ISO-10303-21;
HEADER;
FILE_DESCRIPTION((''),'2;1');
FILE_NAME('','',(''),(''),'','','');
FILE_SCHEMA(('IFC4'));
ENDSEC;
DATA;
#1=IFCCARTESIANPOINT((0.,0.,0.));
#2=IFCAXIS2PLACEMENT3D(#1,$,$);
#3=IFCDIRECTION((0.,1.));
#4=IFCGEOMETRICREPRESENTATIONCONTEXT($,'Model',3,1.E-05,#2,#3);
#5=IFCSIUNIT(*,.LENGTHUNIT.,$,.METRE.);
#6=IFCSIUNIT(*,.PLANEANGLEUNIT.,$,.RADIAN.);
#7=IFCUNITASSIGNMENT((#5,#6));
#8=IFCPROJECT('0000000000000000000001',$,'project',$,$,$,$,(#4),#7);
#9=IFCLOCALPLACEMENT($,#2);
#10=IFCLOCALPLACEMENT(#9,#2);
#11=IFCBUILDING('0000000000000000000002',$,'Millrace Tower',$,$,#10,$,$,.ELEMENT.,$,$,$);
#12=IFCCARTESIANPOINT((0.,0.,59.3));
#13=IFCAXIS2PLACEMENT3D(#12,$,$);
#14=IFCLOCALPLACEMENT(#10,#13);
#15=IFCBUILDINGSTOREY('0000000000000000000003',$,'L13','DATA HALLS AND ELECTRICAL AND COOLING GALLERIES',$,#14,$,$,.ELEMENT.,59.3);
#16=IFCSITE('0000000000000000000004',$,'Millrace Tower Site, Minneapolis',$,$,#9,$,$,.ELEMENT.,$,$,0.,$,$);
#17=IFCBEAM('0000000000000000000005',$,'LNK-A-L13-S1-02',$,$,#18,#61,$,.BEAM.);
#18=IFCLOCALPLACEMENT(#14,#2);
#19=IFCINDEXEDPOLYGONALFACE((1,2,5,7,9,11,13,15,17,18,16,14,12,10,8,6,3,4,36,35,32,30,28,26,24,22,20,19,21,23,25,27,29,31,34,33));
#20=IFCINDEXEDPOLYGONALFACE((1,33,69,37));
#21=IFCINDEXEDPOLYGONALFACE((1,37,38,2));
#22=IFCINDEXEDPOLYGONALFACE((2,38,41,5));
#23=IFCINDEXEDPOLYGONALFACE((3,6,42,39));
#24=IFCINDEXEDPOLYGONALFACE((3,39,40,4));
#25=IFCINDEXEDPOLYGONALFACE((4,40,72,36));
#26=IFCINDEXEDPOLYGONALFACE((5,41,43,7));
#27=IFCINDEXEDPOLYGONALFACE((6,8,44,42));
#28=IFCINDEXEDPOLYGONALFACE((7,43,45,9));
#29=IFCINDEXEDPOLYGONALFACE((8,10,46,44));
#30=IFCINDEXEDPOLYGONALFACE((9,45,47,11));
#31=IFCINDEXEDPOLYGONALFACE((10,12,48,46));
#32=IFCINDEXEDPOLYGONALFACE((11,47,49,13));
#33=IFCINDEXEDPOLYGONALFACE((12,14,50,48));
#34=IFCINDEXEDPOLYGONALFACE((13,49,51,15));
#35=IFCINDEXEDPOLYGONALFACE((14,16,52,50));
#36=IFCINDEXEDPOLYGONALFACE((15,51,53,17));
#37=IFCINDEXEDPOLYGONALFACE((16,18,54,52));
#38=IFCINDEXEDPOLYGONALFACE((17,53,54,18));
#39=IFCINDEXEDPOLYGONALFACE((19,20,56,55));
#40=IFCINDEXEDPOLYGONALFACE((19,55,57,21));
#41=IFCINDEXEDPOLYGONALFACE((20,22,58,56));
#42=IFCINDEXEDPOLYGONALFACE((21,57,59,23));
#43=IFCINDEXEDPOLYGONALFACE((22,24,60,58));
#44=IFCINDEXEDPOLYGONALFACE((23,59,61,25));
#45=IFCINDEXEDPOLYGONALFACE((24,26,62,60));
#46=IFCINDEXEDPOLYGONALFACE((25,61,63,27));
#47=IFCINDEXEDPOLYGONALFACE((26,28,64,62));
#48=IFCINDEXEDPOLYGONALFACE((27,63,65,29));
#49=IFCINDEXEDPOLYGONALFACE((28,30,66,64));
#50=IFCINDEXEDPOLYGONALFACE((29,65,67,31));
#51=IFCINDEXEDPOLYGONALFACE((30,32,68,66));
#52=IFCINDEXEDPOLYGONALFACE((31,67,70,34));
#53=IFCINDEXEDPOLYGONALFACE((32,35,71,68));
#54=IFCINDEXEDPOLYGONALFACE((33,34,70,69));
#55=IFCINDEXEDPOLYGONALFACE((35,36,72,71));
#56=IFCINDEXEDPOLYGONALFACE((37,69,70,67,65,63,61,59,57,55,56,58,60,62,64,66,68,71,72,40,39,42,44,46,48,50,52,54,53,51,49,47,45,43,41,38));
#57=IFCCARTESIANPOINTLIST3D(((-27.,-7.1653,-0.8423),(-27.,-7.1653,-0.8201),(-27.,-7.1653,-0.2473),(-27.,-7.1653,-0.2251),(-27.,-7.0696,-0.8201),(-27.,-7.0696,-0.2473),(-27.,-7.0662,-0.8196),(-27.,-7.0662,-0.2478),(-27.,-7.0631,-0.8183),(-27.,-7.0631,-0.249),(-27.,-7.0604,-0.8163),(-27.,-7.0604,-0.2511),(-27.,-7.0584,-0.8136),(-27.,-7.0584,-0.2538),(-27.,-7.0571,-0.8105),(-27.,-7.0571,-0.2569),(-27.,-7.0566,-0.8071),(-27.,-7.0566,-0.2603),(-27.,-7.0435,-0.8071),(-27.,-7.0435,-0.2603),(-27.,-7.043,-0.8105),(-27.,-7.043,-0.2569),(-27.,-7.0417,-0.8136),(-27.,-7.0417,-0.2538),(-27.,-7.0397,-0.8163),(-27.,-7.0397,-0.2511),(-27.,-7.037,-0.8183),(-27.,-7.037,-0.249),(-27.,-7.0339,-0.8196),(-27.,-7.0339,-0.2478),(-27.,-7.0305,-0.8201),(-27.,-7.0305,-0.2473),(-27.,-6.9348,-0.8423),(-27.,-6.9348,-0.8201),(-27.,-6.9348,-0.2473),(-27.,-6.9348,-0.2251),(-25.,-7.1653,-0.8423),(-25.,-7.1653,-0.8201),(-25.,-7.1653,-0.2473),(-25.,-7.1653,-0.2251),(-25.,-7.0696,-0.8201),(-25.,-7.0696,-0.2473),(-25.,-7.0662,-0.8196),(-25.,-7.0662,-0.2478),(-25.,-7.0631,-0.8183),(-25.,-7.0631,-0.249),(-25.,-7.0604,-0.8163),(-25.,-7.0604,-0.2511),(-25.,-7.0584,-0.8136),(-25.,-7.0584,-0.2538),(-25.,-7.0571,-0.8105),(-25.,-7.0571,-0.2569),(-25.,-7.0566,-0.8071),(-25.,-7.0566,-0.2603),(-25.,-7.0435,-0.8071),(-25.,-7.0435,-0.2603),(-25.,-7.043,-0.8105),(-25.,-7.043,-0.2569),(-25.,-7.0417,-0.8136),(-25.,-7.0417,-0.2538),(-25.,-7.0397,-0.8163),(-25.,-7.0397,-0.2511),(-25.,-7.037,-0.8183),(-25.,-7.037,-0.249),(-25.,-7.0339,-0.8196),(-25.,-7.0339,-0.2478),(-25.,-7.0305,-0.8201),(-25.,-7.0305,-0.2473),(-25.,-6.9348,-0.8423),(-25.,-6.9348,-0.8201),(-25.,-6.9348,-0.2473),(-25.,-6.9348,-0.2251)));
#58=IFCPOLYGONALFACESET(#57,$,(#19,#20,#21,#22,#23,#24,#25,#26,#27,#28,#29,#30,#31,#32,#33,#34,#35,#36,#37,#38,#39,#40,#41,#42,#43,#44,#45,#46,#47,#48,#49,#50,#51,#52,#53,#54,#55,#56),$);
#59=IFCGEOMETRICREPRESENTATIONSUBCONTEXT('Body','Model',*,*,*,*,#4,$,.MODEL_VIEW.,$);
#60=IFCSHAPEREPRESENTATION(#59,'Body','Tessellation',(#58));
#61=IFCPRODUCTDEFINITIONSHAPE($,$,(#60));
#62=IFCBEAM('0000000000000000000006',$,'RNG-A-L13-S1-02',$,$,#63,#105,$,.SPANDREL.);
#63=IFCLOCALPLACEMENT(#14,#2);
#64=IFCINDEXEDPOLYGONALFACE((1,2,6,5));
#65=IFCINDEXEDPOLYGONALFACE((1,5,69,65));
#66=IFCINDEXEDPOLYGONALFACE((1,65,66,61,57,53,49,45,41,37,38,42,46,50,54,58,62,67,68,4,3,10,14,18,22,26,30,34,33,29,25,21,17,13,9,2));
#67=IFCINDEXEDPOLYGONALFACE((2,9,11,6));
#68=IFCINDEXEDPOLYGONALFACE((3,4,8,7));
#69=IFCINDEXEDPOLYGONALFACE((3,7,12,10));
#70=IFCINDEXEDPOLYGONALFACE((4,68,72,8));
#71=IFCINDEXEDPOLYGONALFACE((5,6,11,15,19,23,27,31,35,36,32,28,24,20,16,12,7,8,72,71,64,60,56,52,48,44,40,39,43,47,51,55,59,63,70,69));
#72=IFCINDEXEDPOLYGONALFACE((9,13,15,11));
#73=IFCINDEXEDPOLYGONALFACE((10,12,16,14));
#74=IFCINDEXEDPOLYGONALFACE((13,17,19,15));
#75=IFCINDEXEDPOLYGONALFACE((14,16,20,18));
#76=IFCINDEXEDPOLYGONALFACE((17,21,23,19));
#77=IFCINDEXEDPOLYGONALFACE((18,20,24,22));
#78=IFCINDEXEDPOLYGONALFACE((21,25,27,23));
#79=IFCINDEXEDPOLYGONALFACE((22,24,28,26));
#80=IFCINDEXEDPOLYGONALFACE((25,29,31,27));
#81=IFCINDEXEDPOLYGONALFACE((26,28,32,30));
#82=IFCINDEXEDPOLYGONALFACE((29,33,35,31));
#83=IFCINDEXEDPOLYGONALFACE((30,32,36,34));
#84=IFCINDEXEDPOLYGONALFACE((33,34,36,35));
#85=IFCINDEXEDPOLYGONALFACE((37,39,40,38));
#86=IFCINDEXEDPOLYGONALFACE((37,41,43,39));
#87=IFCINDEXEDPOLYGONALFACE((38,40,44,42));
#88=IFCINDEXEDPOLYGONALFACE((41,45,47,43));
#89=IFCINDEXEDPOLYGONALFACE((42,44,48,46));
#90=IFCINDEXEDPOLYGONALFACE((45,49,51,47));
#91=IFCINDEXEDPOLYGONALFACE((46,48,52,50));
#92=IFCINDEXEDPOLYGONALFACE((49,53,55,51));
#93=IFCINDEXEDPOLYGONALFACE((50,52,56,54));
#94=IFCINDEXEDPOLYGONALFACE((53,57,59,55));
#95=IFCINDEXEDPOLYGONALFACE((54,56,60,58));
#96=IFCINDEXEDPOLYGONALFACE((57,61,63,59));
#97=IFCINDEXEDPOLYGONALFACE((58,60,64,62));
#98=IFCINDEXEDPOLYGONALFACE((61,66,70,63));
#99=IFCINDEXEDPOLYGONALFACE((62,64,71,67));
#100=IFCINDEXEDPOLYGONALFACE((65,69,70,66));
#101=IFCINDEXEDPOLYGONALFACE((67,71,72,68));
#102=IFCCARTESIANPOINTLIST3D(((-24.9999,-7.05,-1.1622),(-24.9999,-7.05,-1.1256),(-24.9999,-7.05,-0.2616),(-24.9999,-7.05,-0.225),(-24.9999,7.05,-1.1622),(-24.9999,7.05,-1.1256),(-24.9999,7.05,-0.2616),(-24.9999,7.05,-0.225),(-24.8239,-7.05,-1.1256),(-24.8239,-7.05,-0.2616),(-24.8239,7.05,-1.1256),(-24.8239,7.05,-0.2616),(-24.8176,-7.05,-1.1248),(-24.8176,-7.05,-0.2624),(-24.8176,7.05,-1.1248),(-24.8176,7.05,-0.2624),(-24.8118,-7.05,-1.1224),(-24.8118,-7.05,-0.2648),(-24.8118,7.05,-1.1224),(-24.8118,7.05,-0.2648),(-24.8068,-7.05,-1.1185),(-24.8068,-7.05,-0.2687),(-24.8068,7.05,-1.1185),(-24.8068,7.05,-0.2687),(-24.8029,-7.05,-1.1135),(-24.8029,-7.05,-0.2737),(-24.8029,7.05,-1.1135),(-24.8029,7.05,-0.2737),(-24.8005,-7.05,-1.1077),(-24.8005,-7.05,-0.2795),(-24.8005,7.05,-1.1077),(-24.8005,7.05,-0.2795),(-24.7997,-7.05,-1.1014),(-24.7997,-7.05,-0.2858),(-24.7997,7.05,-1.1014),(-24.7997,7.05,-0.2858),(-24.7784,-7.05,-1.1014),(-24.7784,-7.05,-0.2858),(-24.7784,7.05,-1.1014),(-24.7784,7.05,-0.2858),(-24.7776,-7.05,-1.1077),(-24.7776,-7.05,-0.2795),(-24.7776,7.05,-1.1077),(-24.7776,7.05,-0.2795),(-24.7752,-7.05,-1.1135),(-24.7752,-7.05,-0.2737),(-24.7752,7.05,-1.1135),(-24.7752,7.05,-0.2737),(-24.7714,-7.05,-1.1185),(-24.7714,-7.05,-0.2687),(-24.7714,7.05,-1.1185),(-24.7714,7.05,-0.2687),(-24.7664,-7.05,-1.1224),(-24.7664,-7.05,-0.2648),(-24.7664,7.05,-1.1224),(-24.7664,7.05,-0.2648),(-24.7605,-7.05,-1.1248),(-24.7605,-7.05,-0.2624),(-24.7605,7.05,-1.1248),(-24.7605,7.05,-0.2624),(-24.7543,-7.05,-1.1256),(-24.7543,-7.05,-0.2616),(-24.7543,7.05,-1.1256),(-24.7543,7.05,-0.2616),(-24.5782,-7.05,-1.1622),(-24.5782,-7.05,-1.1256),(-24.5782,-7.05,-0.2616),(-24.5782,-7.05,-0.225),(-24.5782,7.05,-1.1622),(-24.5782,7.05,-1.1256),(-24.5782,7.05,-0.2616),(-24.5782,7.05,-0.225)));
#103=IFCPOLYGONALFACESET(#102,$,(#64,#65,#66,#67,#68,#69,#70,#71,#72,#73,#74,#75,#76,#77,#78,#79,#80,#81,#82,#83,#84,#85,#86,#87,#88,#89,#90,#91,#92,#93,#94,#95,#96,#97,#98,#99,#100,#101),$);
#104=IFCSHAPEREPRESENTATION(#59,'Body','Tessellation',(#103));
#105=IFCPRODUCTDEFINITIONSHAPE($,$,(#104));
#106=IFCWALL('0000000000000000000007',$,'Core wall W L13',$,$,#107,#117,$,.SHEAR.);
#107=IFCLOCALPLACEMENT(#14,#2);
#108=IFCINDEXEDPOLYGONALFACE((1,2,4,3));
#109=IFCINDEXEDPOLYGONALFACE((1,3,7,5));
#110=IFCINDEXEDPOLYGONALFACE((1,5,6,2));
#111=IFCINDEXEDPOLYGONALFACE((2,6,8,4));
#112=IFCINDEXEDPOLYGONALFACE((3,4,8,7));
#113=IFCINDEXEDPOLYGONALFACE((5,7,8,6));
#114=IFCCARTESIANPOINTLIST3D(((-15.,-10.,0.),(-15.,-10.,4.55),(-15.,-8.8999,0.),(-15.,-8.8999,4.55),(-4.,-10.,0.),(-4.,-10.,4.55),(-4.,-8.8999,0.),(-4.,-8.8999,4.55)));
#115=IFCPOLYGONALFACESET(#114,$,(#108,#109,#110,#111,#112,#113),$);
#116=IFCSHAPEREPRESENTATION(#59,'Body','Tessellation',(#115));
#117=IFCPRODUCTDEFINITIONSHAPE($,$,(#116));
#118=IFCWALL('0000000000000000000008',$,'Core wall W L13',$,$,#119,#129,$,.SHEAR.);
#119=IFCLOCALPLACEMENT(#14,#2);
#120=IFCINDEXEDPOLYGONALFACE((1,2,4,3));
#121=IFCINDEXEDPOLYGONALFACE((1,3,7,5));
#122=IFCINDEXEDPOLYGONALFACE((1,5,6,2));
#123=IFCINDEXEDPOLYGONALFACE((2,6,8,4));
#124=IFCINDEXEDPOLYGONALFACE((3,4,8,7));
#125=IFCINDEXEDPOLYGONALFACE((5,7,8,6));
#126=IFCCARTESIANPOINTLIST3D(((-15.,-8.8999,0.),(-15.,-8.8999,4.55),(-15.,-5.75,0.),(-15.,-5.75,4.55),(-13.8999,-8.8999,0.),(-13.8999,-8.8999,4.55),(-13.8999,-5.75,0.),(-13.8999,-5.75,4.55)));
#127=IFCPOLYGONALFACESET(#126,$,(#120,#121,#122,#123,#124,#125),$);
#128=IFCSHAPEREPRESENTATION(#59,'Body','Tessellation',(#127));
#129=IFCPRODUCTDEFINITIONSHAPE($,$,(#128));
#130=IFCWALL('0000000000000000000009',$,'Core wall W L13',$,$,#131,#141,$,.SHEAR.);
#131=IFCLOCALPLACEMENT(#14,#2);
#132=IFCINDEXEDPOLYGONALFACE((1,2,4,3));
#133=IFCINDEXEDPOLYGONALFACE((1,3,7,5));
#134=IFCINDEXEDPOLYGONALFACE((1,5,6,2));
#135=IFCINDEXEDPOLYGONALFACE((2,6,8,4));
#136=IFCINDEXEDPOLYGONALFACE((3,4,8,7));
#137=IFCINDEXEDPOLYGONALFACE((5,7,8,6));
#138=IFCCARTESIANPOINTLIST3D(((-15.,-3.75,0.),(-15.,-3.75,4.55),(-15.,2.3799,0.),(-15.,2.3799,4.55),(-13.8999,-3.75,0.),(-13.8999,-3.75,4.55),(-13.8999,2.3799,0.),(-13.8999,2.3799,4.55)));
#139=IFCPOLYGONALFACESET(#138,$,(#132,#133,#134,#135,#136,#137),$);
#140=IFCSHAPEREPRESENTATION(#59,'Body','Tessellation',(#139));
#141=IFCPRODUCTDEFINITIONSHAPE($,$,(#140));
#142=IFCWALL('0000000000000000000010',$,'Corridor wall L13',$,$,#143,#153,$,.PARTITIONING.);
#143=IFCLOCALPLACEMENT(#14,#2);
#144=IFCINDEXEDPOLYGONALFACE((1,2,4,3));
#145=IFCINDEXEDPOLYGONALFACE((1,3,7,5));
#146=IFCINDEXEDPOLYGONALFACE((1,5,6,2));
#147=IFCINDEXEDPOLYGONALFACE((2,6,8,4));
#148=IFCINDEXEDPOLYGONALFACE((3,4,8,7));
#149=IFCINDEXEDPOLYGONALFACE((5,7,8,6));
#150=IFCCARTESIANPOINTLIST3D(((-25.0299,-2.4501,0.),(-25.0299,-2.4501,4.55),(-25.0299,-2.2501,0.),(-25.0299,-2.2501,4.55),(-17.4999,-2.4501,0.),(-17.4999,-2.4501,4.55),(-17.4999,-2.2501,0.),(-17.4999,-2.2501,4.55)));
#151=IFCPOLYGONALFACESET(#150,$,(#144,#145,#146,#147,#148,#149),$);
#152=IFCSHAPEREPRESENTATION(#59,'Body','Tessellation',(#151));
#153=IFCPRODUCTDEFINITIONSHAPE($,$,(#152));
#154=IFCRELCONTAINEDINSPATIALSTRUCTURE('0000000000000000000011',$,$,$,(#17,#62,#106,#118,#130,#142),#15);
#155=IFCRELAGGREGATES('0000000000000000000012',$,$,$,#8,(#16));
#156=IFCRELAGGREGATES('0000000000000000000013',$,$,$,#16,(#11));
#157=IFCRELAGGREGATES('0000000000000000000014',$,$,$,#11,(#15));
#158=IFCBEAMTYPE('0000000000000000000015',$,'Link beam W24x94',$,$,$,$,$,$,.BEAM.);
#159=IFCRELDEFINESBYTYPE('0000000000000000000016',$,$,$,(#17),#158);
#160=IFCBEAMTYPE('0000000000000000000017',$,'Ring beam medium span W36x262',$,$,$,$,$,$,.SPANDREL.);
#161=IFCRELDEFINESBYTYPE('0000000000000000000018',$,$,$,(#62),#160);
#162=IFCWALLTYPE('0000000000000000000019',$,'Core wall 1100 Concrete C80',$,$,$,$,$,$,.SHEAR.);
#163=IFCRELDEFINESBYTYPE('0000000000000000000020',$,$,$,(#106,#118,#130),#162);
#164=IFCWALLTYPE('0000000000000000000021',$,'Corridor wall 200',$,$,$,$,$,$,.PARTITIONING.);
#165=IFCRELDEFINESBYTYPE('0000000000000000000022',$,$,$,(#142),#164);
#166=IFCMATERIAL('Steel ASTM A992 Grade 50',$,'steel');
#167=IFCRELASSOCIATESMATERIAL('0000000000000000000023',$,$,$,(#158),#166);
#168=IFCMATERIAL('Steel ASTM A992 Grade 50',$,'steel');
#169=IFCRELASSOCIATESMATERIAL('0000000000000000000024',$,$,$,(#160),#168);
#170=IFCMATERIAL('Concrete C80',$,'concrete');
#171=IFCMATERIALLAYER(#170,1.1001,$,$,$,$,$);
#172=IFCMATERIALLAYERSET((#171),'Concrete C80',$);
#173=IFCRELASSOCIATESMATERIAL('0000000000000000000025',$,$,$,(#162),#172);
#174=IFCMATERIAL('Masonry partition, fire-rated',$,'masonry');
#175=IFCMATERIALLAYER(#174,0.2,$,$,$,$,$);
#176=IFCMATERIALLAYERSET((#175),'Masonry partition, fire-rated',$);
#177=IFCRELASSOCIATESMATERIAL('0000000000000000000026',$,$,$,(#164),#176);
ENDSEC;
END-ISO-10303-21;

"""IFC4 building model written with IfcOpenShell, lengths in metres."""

from ifc_helpers import new_model, si_unit, direction, frame, frame_2d, origin, origin_2d, place, context, subcontext, project, spatial, rectangle, i_section, extrude, material, layer, layer_set, material_profile, profile_set, type_object, element, save


model = new_model("IFC4")

# Units and contexts
model_context = context("Model", 3, precision=1e-05, world=origin(), true_north=direction((0.0, 1.0)))
body_context = subcontext(model_context, "Body", "Model", "MODEL_VIEW")
ifc_project = project(units=[si_unit("LENGTHUNIT", "METRE"), si_unit("PLANEANGLEUNIT", "RADIAN")], contexts=[model_context])

# Site, building, storey
site_placement = place(None, origin())
site = spatial("IfcSite", under=ifc_project, at=site_placement, Name="Millrace Tower Site, Minneapolis", CompositionType="ELEMENT", RefElevation=0.0)
building_placement = place(site_placement, origin())
building = spatial("IfcBuilding", under=site, at=building_placement, Name="Millrace Tower", CompositionType="ELEMENT")
storey_placement = place(building_placement, frame((0.0, 0.0, 59.3)))
storey = spatial("IfcBuildingStorey", under=building, at=storey_placement, Name="L13", Description="DATA HALLS AND ELECTRICAL AND COOLING GALLERIES", CompositionType="ELEMENT", Elevation=59.3)

# Beams
ifc_material_1 = material(Name="Steel ASTM A992 Grade 50", Category="steel")
ifc_material_profile_1 = material_profile(ifc_material_1, i_section(OverallWidth=0.2305, OverallDepth=0.6172, WebThickness=0.0132, FlangeThickness=0.0222, FilletRadius=0.0129, at=origin_2d()))
ifc_profile_set_1 = profile_set([ifc_material_profile_1], Name="Steel ASTM A992 Grade 50")
beam_type_1 = type_object("IfcBeamType", Name="Link beam W24x94", PredefinedType="BEAM", material=ifc_profile_set_1)
beam_1_placement = place(storey_placement, frame((-25.0, -7.05, -0.5337), z_axis=(-1.0, 0.0, 0.0), x_axis=(0.0, -1.0, 0.0)))
element("IfcBeam", 1, at=beam_1_placement, inside=storey, type_object=beam_type_1, Name="LNK-A-L13-S1-02", PredefinedType="BEAM", context=body_context, shape_type="SweptSolid", body=[
    extrude(i_section(OverallWidth=0.2305, OverallDepth=0.6172, WebThickness=0.0132, FlangeThickness=0.0222, FilletRadius=0.0129, at=origin_2d()), origin(), (0.0, 0.0, 1.0), 2.0),
])
ifc_material_2 = material(Name="Steel ASTM A992 Grade 50", Category="steel")
ifc_material_profile_2 = material_profile(ifc_material_2, i_section(OverallWidth=0.4216, OverallDepth=0.9373, WebThickness=0.0212, FlangeThickness=0.0366, FilletRadius=0.0242, at=origin_2d()))
ifc_profile_set_2 = profile_set([ifc_material_profile_2], Name="Steel ASTM A992 Grade 50")
beam_type_2 = type_object("IfcBeamType", Name="Ring beam medium span W36x262", PredefinedType="SPANDREL", material=ifc_profile_set_2)
beam_2_placement = place(storey_placement, frame((-24.7891, -7.05, -0.6936), z_axis=(0.0, 1.0, 0.0), x_axis=(-1.0, 0.0, 0.0)))
element("IfcBeam", 2, at=beam_2_placement, inside=storey, type_object=beam_type_2, Name="RNG-A-L13-S1-02", PredefinedType="SPANDREL", context=body_context, shape_type="SweptSolid", body=[
    extrude(i_section(OverallWidth=0.4216, OverallDepth=0.9373, WebThickness=0.0212, FlangeThickness=0.0366, FilletRadius=0.0242, at=origin_2d()), origin(), (0.0, 0.0, 1.0), 14.1001),
])

# Walls
ifc_material_3 = material(Name="Concrete C80", Category="concrete")
ifc_layer_1 = layer(ifc_material_3, 1.1001)
ifc_layer_set_1 = layer_set([ifc_layer_1], Name="Concrete C80")
wall_type_1 = type_object("IfcWallType", Name="Core wall 1100 Concrete C80", PredefinedType="SHEAR", material=ifc_layer_set_1)
wall_1_placement = place(storey_placement, frame((-15.0, -9.45, 0.0), z_axis=(0.0, 0.0, 1.0), x_axis=(1.0, 0.0, 0.0)))
element("IfcWall", 3, at=wall_1_placement, inside=storey, type_object=wall_type_1, Name="Core wall W L13", PredefinedType="SHEAR", context=body_context, shape_type="SweptSolid", body=[
    extrude(rectangle(XDim=11.0, YDim=1.1001, at=frame_2d((5.5, 0.0))), origin(), (0.0, 0.0, 1.0), 4.55),
])
wall_2_placement = place(storey_placement, frame((-14.45, -8.8999, 0.0), z_axis=(0.0, 0.0, 1.0), x_axis=(0.0, 1.0, 0.0)))
element("IfcWall", 4, at=wall_2_placement, inside=storey, type_object=wall_type_1, Name="Core wall W L13", PredefinedType="SHEAR", context=body_context, shape_type="SweptSolid", body=[
    extrude(rectangle(XDim=3.1499, YDim=1.1001, at=frame_2d((1.575, 0.0))), origin(), (0.0, 0.0, 1.0), 4.55),
])
wall_3_placement = place(storey_placement, frame((-14.45, -3.75, 0.0), z_axis=(0.0, 0.0, 1.0), x_axis=(0.0, 1.0, 0.0)))
element("IfcWall", 5, at=wall_3_placement, inside=storey, type_object=wall_type_1, Name="Core wall W L13", PredefinedType="SHEAR", context=body_context, shape_type="SweptSolid", body=[
    extrude(rectangle(XDim=6.1299, YDim=1.1001, at=frame_2d((3.0649, 0.0))), origin(), (0.0, 0.0, 1.0), 4.55),
])
ifc_material_4 = material(Name="Masonry partition, fire-rated", Category="masonry")
ifc_layer_2 = layer(ifc_material_4, 0.2)
ifc_layer_set_2 = layer_set([ifc_layer_2], Name="Masonry partition, fire-rated")
wall_type_2 = type_object("IfcWallType", Name="Corridor wall 200", PredefinedType="PARTITIONING", material=ifc_layer_set_2)
wall_4_placement = place(storey_placement, frame((-25.03, -2.3501, 0.0), z_axis=(0.0, 0.0, 1.0), x_axis=(1.0, 0.0, 0.0)))
element("IfcWall", 6, at=wall_4_placement, inside=storey, type_object=wall_type_2, Name="Corridor wall L13", PredefinedType="PARTITIONING", context=body_context, shape_type="SweptSolid", body=[
    extrude(rectangle(XDim=7.53, YDim=0.2, at=frame_2d((3.7651, 0.0))), origin(), (0.0, 0.0, 1.0), 4.55),
])

save(model, "model.ifc")
